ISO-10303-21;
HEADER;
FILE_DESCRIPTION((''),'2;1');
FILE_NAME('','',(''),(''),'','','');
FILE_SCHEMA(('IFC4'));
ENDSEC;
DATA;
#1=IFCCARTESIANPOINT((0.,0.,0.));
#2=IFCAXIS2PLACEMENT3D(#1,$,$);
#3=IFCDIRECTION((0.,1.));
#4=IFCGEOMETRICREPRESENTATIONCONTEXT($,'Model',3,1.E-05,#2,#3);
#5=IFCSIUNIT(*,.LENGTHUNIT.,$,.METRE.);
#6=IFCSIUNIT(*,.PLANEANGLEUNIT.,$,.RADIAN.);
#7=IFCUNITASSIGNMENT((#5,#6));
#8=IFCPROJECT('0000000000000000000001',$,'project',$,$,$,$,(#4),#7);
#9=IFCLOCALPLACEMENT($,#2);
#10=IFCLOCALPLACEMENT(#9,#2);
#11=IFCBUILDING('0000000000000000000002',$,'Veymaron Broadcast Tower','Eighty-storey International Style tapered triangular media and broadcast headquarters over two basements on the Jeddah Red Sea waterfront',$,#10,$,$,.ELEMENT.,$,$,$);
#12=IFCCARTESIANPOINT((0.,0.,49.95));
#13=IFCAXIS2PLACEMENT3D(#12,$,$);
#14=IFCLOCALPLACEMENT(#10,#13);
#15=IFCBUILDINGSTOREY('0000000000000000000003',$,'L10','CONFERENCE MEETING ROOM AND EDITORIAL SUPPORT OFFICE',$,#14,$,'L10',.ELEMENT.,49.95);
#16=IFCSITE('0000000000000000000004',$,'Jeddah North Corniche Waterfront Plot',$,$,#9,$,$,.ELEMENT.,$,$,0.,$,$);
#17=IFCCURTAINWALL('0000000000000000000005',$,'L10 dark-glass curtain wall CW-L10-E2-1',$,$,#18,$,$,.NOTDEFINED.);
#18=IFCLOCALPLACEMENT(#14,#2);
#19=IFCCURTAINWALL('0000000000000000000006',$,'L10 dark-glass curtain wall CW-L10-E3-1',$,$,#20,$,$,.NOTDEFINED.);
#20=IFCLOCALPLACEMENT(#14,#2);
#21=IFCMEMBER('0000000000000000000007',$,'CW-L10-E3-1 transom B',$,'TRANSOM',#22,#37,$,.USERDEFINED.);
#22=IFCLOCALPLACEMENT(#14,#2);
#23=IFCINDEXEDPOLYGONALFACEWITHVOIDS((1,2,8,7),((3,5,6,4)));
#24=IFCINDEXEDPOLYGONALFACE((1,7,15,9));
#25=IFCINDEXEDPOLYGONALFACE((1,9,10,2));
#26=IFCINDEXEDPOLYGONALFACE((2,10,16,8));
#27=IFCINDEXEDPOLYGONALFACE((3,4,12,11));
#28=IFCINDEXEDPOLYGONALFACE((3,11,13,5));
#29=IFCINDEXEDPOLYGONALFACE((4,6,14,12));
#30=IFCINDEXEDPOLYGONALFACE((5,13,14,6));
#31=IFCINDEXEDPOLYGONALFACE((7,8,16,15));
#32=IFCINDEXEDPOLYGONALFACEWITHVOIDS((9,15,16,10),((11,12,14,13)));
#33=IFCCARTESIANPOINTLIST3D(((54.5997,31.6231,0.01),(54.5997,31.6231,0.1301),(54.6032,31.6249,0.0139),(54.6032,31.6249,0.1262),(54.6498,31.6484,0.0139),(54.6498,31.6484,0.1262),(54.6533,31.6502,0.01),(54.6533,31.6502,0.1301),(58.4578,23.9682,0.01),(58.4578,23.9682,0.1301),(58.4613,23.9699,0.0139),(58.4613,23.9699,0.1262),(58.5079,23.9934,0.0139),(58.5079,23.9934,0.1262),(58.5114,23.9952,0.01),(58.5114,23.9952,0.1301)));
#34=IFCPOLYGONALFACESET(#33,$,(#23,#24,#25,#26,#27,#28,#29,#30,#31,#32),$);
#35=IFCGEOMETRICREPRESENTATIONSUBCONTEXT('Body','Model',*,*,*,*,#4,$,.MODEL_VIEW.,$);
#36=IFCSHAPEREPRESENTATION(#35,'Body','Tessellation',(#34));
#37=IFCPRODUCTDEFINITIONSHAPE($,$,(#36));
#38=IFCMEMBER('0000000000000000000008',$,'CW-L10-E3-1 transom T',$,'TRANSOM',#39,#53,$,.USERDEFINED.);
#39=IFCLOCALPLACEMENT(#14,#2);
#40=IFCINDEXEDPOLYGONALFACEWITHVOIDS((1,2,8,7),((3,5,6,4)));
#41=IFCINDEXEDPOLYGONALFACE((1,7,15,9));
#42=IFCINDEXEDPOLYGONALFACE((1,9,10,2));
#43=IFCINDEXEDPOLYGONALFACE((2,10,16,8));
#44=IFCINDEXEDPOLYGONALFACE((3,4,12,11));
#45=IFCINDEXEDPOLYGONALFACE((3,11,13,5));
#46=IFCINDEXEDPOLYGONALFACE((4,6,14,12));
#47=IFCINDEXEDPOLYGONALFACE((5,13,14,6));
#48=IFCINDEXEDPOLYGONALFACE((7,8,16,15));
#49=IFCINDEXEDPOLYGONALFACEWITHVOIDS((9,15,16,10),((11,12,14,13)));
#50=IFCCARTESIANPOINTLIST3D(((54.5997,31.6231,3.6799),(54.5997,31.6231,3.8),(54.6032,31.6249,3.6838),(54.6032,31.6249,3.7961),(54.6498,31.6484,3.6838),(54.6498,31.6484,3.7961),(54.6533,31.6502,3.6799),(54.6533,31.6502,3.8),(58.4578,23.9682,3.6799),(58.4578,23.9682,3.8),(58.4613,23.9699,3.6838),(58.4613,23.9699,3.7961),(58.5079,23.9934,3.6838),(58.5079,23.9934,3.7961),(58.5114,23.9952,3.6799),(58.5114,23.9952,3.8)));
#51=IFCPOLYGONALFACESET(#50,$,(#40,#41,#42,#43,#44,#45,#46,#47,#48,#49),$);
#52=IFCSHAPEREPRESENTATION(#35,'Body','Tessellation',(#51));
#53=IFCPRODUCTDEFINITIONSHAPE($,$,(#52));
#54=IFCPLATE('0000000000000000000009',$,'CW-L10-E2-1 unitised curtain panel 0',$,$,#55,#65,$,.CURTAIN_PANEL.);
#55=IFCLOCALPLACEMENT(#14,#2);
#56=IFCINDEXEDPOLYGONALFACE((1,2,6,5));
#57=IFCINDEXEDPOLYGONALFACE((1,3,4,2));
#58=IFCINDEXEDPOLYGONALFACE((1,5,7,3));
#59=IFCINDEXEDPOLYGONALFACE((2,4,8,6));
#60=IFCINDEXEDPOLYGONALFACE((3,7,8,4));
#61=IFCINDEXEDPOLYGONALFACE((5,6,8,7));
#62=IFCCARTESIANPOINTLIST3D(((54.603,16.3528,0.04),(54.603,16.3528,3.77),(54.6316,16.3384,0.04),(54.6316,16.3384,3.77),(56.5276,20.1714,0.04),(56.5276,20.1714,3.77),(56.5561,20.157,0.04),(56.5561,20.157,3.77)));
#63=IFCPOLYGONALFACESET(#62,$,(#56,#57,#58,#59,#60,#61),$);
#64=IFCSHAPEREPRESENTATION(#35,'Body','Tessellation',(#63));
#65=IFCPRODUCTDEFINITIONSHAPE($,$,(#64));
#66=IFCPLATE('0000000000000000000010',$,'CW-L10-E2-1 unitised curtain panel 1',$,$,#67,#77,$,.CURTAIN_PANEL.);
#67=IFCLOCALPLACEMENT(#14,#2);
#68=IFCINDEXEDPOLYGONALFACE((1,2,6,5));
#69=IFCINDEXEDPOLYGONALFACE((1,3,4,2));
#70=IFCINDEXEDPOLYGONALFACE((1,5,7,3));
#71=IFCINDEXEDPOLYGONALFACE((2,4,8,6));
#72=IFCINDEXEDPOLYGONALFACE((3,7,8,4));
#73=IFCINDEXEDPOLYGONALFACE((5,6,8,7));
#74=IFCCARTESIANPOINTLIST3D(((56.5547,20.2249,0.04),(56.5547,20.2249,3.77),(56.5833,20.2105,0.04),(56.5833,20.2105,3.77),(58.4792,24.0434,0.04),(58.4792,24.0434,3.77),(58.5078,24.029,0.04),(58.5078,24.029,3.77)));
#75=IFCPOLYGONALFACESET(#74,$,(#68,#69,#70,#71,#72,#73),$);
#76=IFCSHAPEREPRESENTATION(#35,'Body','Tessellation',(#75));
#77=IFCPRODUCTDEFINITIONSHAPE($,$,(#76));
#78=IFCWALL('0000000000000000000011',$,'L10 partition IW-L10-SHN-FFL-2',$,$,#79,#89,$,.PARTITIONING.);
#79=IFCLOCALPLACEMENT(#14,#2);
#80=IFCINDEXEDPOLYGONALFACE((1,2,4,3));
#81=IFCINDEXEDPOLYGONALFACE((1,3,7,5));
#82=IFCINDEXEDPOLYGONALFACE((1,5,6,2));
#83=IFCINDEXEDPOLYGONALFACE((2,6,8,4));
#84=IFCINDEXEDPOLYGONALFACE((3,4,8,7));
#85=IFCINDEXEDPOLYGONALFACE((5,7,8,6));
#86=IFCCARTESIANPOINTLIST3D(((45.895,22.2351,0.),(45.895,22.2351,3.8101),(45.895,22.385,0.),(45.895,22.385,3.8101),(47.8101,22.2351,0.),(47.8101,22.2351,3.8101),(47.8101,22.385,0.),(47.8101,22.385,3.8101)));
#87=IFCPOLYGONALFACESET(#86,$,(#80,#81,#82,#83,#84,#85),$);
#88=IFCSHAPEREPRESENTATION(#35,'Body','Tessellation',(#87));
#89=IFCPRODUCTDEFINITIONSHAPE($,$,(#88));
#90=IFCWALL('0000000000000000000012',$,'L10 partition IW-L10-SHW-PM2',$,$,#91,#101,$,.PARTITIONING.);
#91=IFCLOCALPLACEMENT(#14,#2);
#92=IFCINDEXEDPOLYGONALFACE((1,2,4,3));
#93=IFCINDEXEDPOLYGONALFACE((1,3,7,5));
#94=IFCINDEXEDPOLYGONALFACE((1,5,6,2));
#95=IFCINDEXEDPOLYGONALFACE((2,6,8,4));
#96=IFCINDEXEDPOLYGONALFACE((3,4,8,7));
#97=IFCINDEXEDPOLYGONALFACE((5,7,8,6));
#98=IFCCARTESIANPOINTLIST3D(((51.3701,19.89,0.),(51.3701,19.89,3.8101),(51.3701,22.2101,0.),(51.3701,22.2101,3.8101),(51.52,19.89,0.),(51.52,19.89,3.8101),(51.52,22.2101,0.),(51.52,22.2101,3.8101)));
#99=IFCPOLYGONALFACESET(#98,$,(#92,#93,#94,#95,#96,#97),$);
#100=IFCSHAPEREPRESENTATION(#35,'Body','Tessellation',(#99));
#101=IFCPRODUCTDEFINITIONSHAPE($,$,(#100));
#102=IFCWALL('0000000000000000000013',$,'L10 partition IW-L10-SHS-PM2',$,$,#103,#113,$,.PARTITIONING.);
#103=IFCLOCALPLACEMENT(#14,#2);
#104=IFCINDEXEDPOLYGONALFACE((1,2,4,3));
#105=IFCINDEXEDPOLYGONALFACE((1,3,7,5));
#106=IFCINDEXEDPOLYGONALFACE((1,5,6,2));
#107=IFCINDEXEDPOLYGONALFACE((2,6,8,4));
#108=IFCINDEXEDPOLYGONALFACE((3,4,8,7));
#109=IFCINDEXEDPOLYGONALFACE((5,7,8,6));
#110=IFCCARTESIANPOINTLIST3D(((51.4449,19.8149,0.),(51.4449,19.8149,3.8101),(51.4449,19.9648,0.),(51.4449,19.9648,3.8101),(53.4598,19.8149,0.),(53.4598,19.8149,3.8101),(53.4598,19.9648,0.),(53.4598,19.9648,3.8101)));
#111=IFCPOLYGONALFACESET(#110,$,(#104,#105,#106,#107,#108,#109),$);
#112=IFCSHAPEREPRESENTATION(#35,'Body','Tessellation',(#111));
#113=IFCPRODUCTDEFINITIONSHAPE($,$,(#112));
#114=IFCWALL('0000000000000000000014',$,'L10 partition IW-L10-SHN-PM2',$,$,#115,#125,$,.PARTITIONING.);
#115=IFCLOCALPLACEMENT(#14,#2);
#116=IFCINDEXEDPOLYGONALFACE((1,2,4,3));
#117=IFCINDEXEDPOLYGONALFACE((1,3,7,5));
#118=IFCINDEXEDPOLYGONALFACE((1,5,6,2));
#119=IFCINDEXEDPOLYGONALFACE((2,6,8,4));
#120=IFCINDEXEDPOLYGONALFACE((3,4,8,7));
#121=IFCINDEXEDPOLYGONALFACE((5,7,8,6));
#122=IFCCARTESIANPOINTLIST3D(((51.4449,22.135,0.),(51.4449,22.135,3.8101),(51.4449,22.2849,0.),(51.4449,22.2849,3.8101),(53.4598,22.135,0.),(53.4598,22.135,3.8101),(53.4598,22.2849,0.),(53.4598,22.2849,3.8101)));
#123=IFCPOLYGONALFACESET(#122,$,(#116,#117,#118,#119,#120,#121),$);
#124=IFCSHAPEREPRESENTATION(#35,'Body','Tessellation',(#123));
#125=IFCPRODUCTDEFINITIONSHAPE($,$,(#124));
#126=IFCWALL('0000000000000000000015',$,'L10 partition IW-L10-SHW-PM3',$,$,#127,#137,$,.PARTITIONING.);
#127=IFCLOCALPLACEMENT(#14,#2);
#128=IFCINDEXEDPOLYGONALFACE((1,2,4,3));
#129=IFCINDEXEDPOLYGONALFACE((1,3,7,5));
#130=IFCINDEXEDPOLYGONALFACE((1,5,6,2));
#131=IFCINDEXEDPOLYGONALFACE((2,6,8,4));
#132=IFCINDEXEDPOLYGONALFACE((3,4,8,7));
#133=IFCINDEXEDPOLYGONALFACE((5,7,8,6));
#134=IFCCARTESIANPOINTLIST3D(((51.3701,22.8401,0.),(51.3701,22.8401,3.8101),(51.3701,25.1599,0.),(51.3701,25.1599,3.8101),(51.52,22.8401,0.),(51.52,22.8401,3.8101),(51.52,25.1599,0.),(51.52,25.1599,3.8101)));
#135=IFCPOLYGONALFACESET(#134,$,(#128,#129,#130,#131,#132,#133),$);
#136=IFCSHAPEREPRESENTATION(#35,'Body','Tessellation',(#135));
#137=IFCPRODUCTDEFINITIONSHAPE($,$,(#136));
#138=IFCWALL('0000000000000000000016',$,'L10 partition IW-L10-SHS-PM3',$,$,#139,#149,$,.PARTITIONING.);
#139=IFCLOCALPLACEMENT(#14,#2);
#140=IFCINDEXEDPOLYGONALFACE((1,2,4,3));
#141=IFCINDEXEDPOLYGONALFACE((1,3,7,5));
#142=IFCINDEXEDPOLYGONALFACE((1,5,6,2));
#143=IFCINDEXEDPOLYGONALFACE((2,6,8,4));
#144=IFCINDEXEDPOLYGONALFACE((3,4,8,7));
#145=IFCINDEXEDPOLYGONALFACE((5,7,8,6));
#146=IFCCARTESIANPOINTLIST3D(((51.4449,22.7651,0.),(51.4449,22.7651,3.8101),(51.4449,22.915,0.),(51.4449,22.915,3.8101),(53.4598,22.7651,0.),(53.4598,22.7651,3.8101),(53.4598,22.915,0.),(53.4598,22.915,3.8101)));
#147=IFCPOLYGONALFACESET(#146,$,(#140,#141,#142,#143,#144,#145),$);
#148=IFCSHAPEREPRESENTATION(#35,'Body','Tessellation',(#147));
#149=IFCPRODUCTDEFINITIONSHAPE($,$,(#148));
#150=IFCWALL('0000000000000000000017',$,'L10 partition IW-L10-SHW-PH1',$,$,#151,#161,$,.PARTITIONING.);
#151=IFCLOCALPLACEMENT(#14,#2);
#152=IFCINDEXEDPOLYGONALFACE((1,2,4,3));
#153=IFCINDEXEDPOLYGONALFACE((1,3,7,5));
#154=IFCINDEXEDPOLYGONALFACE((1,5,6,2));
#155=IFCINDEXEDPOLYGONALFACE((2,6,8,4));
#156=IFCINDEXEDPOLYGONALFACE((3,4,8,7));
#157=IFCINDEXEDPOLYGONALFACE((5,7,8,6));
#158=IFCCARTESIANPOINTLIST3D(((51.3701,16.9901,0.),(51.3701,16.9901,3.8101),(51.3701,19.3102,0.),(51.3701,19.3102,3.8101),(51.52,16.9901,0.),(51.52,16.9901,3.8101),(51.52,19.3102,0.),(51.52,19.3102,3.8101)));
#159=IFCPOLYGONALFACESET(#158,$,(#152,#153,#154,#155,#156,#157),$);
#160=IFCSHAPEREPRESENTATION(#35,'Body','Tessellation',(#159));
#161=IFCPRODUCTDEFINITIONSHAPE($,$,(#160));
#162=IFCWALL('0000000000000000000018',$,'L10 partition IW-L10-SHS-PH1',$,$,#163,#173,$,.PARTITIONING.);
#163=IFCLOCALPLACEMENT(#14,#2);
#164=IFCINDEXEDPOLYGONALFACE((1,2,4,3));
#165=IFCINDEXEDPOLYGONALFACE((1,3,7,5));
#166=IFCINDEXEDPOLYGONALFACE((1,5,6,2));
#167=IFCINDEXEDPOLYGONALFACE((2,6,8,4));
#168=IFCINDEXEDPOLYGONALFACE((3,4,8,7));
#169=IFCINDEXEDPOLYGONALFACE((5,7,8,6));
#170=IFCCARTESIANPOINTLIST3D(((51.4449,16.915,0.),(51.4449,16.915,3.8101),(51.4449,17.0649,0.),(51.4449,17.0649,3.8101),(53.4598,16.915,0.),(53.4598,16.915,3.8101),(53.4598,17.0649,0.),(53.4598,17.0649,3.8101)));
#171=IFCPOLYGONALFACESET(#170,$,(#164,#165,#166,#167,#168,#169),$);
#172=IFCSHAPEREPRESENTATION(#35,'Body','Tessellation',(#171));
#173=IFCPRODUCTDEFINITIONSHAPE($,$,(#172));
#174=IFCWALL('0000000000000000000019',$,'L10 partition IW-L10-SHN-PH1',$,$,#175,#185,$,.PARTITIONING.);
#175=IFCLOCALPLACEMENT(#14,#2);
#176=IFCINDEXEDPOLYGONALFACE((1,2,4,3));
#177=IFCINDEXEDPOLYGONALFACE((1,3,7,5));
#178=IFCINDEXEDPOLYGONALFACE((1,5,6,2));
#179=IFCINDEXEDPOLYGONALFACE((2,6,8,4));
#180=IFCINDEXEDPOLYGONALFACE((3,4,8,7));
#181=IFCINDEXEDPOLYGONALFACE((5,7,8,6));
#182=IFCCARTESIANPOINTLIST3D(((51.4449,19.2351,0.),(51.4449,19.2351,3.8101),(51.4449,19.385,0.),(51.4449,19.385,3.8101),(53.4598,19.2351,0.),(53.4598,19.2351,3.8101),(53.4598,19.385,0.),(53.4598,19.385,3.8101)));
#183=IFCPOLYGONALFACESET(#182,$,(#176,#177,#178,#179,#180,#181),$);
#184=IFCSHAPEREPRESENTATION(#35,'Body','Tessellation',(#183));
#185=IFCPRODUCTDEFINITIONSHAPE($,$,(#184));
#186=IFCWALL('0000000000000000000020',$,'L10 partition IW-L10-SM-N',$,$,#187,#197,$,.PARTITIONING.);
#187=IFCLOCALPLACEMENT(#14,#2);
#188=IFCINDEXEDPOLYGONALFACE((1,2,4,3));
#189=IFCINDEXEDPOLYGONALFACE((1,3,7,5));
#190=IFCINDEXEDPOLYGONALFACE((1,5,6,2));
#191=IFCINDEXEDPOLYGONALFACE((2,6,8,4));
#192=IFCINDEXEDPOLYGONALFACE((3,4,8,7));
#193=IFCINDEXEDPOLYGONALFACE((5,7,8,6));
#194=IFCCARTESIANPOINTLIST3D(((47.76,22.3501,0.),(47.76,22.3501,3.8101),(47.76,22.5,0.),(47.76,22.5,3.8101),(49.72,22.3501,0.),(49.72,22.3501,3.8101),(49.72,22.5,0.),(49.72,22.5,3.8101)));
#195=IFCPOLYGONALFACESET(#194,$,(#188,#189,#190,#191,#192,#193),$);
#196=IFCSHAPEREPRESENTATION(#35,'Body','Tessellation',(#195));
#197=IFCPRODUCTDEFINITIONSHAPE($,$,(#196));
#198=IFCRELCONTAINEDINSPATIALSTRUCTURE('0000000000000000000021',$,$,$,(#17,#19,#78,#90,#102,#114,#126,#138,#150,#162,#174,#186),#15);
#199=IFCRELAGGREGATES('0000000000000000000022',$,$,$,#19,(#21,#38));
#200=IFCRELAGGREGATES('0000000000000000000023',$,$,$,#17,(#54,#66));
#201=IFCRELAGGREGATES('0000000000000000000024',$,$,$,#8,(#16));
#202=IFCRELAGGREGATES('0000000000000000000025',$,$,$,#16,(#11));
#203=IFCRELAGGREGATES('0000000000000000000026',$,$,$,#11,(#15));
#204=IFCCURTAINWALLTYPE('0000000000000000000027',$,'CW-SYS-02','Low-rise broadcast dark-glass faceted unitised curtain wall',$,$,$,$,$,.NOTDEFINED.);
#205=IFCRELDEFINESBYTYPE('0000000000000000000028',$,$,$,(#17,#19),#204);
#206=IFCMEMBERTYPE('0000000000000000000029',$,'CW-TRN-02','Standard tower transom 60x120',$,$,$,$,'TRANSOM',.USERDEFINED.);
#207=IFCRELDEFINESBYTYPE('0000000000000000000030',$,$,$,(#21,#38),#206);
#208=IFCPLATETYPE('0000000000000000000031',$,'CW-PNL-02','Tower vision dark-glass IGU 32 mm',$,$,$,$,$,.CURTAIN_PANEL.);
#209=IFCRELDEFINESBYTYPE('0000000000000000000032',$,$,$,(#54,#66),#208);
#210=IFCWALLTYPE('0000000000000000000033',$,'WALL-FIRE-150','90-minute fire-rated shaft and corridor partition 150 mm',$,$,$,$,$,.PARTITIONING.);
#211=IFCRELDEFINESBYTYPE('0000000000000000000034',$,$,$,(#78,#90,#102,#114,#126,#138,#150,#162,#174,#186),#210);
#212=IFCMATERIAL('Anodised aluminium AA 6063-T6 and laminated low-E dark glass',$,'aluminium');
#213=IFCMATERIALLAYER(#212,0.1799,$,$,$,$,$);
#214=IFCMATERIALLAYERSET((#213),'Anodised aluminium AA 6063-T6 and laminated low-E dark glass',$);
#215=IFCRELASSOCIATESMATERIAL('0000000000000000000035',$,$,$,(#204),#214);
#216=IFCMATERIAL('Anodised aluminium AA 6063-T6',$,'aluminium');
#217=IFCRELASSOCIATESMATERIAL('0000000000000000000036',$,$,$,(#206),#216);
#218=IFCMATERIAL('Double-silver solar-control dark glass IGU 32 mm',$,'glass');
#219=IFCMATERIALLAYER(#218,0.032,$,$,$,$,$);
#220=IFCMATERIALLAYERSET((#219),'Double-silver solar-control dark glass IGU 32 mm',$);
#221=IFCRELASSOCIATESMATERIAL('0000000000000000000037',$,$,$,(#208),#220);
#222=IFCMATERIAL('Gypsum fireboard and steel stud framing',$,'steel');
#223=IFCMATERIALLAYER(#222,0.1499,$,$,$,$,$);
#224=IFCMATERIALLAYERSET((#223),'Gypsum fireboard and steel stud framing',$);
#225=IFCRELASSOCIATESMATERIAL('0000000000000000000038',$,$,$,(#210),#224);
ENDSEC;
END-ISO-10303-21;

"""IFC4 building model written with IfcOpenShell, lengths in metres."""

from ifc_helpers import new_model, si_unit, direction, frame, frame_2d, origin, origin_2d, place, context, subcontext, project, spatial, rectangle, hollow_rectangle, extrude, material, layer, layer_set, material_profile, profile_set, type_object, element, aggregate, save


model = new_model("IFC4")

# Units and contexts
model_context = context("Model", 3, precision=1e-05, world=origin(), true_north=direction((0.0, 1.0)))
body_context = subcontext(model_context, "Body", "Model", "MODEL_VIEW")
ifc_project = project(units=[si_unit("LENGTHUNIT", "METRE"), si_unit("PLANEANGLEUNIT", "RADIAN")], contexts=[model_context])

# Site, building, storey
site_placement = place(None, origin())
site = spatial("IfcSite", under=ifc_project, at=site_placement, Name="Jeddah North Corniche Waterfront Plot", CompositionType="ELEMENT", RefElevation=0.0)
building_placement = place(site_placement, origin())
building = spatial("IfcBuilding", under=site, at=building_placement, Name="Veymaron Broadcast Tower", Description="Eighty-storey International Style tapered triangular media and broadcast headquarters over two basements on the Jeddah Red Sea waterfront", CompositionType="ELEMENT")
storey_placement = place(building_placement, frame((0.0, 0.0, 49.95)))
storey = spatial("IfcBuildingStorey", under=building, at=storey_placement, Name="L10", Description="CONFERENCE MEETING ROOM AND EDITORIAL SUPPORT OFFICE", LongName="L10", CompositionType="ELEMENT", Elevation=49.95)

# Curtain wall
ifc_material_1 = material(Name="Anodised aluminium AA 6063-T6 and laminated low-E dark glass", Category="aluminium")
ifc_layer_1 = layer(ifc_material_1, 0.1799)
ifc_layer_set_1 = layer_set([ifc_layer_1], Name="Anodised aluminium AA 6063-T6 and laminated low-E dark glass")
curtain_wall_type = type_object("IfcCurtainWallType", Name="CW-SYS-02", Description="Low-rise broadcast dark-glass faceted unitised curtain wall", PredefinedType="NOTDEFINED", material=ifc_layer_set_1)
curtain_wall_1_placement = place(storey_placement, origin())
curtain_wall_1 = element("IfcCurtainWall", 1, at=curtain_wall_1_placement, inside=storey, type_object=curtain_wall_type, Name="L10 dark-glass curtain wall CW-L10-E2-1", PredefinedType="NOTDEFINED")
ifc_material_2 = material(Name="Anodised aluminium AA 6063-T6", Category="aluminium")

# Curtain wall
curtain_wall_2_placement = place(storey_placement, origin())
curtain_wall_2 = element("IfcCurtainWall", 2, at=curtain_wall_2_placement, inside=storey, type_object=curtain_wall_type, Name="L10 dark-glass curtain wall CW-L10-E3-1", PredefinedType="NOTDEFINED")

# Members
ifc_material_profile_1 = material_profile(ifc_material_2, hollow_rectangle(XDim=0.0601, YDim=0.1201, WallThickness=0.0039, at=origin_2d()), Name="AL120X60X4")
ifc_profile_set_1 = profile_set([ifc_material_profile_1], Name="Anodised aluminium AA 6063-T6")
member_type_1 = type_object("IfcMemberType", Name="CW-TRN-02", Description="Standard tower transom 60x120", ElementType="TRANSOM", PredefinedType="USERDEFINED", material=ifc_profile_set_1)
member_1_placement = place(storey_placement, frame((58.4846, 23.9817, 0.0701), z_axis=(-0.450071, 0.892993, 0.0), x_axis=(-0.892993, -0.450071, 0.0)))
member_1 = element("IfcMember", 3, at=member_1_placement, type_object=member_type_1, Name="CW-L10-E3-1 transom B", ObjectType="TRANSOM", PredefinedType="USERDEFINED", context=body_context, shape_type="SweptSolid", body=[
    extrude(hollow_rectangle(XDim=0.0601, YDim=0.1201, WallThickness=0.0039, at=origin_2d()), origin(), (0.0, 0.0, 1.0), 8.5723),
])
member_2_placement = place(storey_placement, frame((58.4846, 23.9817, 3.74), z_axis=(-0.450071, 0.892993, 0.0), x_axis=(-0.892993, -0.450071, 0.0)))
member_2 = element("IfcMember", 4, at=member_2_placement, type_object=member_type_1, Name="CW-L10-E3-1 transom T", ObjectType="TRANSOM", PredefinedType="USERDEFINED", context=body_context, shape_type="SweptSolid", body=[
    extrude(hollow_rectangle(XDim=0.0601, YDim=0.1201, WallThickness=0.0039, at=origin_2d()), origin(), (0.0, 0.0, 1.0), 8.5723),
])
aggregate(curtain_wall_2, [member_1, member_2])

# Plates
ifc_material_3 = material(Name="Double-silver solar-control dark glass IGU 32 mm", Category="glass")
ifc_layer_2 = layer(ifc_material_3, 0.032)
ifc_layer_set_2 = layer_set([ifc_layer_2], Name="Double-silver solar-control dark glass IGU 32 mm")
plate_type = type_object("IfcPlateType", Name="CW-PNL-02", Description="Tower vision dark-glass IGU 32 mm", PredefinedType="CURTAIN_PANEL", material=ifc_layer_set_2)
plate_1_placement = place(storey_placement, frame((55.5796, 18.2549, 0.04), z_axis=(0.0, 0.0, 1.0), x_axis=(0.450067, 0.892995, 0.0)))
plate_1 = element("IfcPlate", 5, at=plate_1_placement, type_object=plate_type, Name="CW-L10-E2-1 unitised curtain panel 0", PredefinedType="CURTAIN_PANEL", context=body_context, shape_type="SweptSolid", body=[
    extrude(rectangle(XDim=4.2761, YDim=0.032, at=origin_2d()), origin(), (0.0, 0.0, 1.0), 3.73),
])
plate_2_placement = place(storey_placement, frame((57.5312, 22.127, 0.04), z_axis=(0.0, 0.0, 1.0), x_axis=(0.450067, 0.892995, 0.0)))
plate_2 = element("IfcPlate", 6, at=plate_2_placement, type_object=plate_type, Name="CW-L10-E2-1 unitised curtain panel 1", PredefinedType="CURTAIN_PANEL", context=body_context, shape_type="SweptSolid", body=[
    extrude(rectangle(XDim=4.2761, YDim=0.032, at=origin_2d()), origin(), (0.0, 0.0, 1.0), 3.73),
])
aggregate(curtain_wall_1, [plate_1, plate_2])

# Walls
ifc_material_4 = material(Name="Gypsum fireboard and steel stud framing", Category="steel")
ifc_layer_3 = layer(ifc_material_4, 0.1499)
ifc_layer_set_3 = layer_set([ifc_layer_3], Name="Gypsum fireboard and steel stud framing")
wall_type_1 = type_object("IfcWallType", Name="WALL-FIRE-150", Description="90-minute fire-rated shaft and corridor partition 150 mm", PredefinedType="PARTITIONING", material=ifc_layer_set_3)
wall_1_placement = place(storey_placement, frame((45.895, 22.3101, 0.0), z_axis=(0.0, 0.0, 1.0), x_axis=(1.0, 0.0, 0.0)))
element("IfcWall", 7, at=wall_1_placement, inside=storey, type_object=wall_type_1, Name="L10 partition IW-L10-SHN-FFL-2", PredefinedType="PARTITIONING", context=body_context, shape_type="SweptSolid", body=[
    extrude(rectangle(XDim=1.915, YDim=0.1499, at=frame_2d((0.9575, 0.0))), origin(), (0.0, 0.0, 1.0), 3.8101),
])
wall_2_placement = place(storey_placement, frame((51.4451, 19.8899, 0.0), z_axis=(0.0, 0.0, 1.0), x_axis=(0.0, 1.0, 0.0)))
element("IfcWall", 8, at=wall_2_placement, inside=storey, type_object=wall_type_1, Name="L10 partition IW-L10-SHW-PM2", PredefinedType="PARTITIONING", context=body_context, shape_type="SweptSolid", body=[
    extrude(rectangle(XDim=2.3201, YDim=0.1499, at=frame_2d((1.1602, 0.0))), origin(), (0.0, 0.0, 1.0), 3.8101),
])
for number, where, z_axis, x_axis, name in (
    (9, (51.4451, 19.8899, 0.0), (0.0, 0.0, 1.0), (1.0, 0.0, 0.0), "L10 partition IW-L10-SHS-PM2"),
    (10, (51.4451, 22.21, 0.0), (0.0, 0.0, 1.0), (1.0, 0.0, 0.0), "L10 partition IW-L10-SHN-PM2"),
):
    element("IfcWall", number, at=place(storey_placement, frame(where, z_axis=z_axis, x_axis=x_axis)), inside=storey, type_object=wall_type_1, Name=name, PredefinedType="PARTITIONING", context=body_context, shape_type="SweptSolid", body=[
        extrude(rectangle(XDim=2.0149, YDim=0.1499, at=frame_2d((1.0073, 0.0))), origin(), (0.0, 0.0, 1.0), 3.8101),
    ])
wall_3_placement = place(storey_placement, frame((51.4451, 22.8401, 0.0), z_axis=(0.0, 0.0, 1.0), x_axis=(0.0, 1.0, 0.0)))
element("IfcWall", 11, at=wall_3_placement, inside=storey, type_object=wall_type_1, Name="L10 partition IW-L10-SHW-PM3", PredefinedType="PARTITIONING", context=body_context, shape_type="SweptSolid", body=[
    extrude(rectangle(XDim=2.3198, YDim=0.1499, at=frame_2d((1.1599, 0.0))), origin(), (0.0, 0.0, 1.0), 3.8101),
])
wall_4_placement = place(storey_placement, frame((51.4451, 22.8401, 0.0), z_axis=(0.0, 0.0, 1.0), x_axis=(1.0, 0.0, 0.0)))
element("IfcWall", 12, at=wall_4_placement, inside=storey, type_object=wall_type_1, Name="L10 partition IW-L10-SHS-PM3", PredefinedType="PARTITIONING", context=body_context, shape_type="SweptSolid", body=[
    extrude(rectangle(XDim=2.0149, YDim=0.1499, at=frame_2d((1.0073, 0.0))), origin(), (0.0, 0.0, 1.0), 3.8101),
])
wall_5_placement = place(storey_placement, frame((51.4451, 16.99, 0.0), z_axis=(0.0, 0.0, 1.0), x_axis=(0.0, 1.0, 0.0)))
element("IfcWall", 13, at=wall_5_placement, inside=storey, type_object=wall_type_1, Name="L10 partition IW-L10-SHW-PH1", PredefinedType="PARTITIONING", context=body_context, shape_type="SweptSolid", body=[
    extrude(rectangle(XDim=2.3201, YDim=0.1499, at=frame_2d((1.1602, 0.0))), origin(), (0.0, 0.0, 1.0), 3.8101),
])
for number, where, z_axis, x_axis, name in (
    (14, (51.4451, 16.99, 0.0), (0.0, 0.0, 1.0), (1.0, 0.0, 0.0), "L10 partition IW-L10-SHS-PH1"),
    (15, (51.4451, 19.3101, 0.0), (0.0, 0.0, 1.0), (1.0, 0.0, 0.0), "L10 partition IW-L10-SHN-PH1"),
):
    element("IfcWall", number, at=place(storey_placement, frame(where, z_axis=z_axis, x_axis=x_axis)), inside=storey, type_object=wall_type_1, Name=name, PredefinedType="PARTITIONING", context=body_context, shape_type="SweptSolid", body=[
        extrude(rectangle(XDim=2.0149, YDim=0.1499, at=frame_2d((1.0073, 0.0))), origin(), (0.0, 0.0, 1.0), 3.8101),
    ])

# Wall
wall_6_placement = place(storey_placement, frame((47.76, 22.425, 0.0), z_axis=(0.0, 0.0, 1.0), x_axis=(1.0, 0.0, 0.0)))
element("IfcWall", 16, at=wall_6_placement, inside=storey, type_object=wall_type_1, Name="L10 partition IW-L10-SM-N", PredefinedType="PARTITIONING", context=body_context, shape_type="SweptSolid", body=[
    extrude(rectangle(XDim=1.96, YDim=0.1499, at=frame_2d((0.98, 0.0))), origin(), (0.0, 0.0, 1.0), 3.8101),
])

save(model, "model.ifc")
